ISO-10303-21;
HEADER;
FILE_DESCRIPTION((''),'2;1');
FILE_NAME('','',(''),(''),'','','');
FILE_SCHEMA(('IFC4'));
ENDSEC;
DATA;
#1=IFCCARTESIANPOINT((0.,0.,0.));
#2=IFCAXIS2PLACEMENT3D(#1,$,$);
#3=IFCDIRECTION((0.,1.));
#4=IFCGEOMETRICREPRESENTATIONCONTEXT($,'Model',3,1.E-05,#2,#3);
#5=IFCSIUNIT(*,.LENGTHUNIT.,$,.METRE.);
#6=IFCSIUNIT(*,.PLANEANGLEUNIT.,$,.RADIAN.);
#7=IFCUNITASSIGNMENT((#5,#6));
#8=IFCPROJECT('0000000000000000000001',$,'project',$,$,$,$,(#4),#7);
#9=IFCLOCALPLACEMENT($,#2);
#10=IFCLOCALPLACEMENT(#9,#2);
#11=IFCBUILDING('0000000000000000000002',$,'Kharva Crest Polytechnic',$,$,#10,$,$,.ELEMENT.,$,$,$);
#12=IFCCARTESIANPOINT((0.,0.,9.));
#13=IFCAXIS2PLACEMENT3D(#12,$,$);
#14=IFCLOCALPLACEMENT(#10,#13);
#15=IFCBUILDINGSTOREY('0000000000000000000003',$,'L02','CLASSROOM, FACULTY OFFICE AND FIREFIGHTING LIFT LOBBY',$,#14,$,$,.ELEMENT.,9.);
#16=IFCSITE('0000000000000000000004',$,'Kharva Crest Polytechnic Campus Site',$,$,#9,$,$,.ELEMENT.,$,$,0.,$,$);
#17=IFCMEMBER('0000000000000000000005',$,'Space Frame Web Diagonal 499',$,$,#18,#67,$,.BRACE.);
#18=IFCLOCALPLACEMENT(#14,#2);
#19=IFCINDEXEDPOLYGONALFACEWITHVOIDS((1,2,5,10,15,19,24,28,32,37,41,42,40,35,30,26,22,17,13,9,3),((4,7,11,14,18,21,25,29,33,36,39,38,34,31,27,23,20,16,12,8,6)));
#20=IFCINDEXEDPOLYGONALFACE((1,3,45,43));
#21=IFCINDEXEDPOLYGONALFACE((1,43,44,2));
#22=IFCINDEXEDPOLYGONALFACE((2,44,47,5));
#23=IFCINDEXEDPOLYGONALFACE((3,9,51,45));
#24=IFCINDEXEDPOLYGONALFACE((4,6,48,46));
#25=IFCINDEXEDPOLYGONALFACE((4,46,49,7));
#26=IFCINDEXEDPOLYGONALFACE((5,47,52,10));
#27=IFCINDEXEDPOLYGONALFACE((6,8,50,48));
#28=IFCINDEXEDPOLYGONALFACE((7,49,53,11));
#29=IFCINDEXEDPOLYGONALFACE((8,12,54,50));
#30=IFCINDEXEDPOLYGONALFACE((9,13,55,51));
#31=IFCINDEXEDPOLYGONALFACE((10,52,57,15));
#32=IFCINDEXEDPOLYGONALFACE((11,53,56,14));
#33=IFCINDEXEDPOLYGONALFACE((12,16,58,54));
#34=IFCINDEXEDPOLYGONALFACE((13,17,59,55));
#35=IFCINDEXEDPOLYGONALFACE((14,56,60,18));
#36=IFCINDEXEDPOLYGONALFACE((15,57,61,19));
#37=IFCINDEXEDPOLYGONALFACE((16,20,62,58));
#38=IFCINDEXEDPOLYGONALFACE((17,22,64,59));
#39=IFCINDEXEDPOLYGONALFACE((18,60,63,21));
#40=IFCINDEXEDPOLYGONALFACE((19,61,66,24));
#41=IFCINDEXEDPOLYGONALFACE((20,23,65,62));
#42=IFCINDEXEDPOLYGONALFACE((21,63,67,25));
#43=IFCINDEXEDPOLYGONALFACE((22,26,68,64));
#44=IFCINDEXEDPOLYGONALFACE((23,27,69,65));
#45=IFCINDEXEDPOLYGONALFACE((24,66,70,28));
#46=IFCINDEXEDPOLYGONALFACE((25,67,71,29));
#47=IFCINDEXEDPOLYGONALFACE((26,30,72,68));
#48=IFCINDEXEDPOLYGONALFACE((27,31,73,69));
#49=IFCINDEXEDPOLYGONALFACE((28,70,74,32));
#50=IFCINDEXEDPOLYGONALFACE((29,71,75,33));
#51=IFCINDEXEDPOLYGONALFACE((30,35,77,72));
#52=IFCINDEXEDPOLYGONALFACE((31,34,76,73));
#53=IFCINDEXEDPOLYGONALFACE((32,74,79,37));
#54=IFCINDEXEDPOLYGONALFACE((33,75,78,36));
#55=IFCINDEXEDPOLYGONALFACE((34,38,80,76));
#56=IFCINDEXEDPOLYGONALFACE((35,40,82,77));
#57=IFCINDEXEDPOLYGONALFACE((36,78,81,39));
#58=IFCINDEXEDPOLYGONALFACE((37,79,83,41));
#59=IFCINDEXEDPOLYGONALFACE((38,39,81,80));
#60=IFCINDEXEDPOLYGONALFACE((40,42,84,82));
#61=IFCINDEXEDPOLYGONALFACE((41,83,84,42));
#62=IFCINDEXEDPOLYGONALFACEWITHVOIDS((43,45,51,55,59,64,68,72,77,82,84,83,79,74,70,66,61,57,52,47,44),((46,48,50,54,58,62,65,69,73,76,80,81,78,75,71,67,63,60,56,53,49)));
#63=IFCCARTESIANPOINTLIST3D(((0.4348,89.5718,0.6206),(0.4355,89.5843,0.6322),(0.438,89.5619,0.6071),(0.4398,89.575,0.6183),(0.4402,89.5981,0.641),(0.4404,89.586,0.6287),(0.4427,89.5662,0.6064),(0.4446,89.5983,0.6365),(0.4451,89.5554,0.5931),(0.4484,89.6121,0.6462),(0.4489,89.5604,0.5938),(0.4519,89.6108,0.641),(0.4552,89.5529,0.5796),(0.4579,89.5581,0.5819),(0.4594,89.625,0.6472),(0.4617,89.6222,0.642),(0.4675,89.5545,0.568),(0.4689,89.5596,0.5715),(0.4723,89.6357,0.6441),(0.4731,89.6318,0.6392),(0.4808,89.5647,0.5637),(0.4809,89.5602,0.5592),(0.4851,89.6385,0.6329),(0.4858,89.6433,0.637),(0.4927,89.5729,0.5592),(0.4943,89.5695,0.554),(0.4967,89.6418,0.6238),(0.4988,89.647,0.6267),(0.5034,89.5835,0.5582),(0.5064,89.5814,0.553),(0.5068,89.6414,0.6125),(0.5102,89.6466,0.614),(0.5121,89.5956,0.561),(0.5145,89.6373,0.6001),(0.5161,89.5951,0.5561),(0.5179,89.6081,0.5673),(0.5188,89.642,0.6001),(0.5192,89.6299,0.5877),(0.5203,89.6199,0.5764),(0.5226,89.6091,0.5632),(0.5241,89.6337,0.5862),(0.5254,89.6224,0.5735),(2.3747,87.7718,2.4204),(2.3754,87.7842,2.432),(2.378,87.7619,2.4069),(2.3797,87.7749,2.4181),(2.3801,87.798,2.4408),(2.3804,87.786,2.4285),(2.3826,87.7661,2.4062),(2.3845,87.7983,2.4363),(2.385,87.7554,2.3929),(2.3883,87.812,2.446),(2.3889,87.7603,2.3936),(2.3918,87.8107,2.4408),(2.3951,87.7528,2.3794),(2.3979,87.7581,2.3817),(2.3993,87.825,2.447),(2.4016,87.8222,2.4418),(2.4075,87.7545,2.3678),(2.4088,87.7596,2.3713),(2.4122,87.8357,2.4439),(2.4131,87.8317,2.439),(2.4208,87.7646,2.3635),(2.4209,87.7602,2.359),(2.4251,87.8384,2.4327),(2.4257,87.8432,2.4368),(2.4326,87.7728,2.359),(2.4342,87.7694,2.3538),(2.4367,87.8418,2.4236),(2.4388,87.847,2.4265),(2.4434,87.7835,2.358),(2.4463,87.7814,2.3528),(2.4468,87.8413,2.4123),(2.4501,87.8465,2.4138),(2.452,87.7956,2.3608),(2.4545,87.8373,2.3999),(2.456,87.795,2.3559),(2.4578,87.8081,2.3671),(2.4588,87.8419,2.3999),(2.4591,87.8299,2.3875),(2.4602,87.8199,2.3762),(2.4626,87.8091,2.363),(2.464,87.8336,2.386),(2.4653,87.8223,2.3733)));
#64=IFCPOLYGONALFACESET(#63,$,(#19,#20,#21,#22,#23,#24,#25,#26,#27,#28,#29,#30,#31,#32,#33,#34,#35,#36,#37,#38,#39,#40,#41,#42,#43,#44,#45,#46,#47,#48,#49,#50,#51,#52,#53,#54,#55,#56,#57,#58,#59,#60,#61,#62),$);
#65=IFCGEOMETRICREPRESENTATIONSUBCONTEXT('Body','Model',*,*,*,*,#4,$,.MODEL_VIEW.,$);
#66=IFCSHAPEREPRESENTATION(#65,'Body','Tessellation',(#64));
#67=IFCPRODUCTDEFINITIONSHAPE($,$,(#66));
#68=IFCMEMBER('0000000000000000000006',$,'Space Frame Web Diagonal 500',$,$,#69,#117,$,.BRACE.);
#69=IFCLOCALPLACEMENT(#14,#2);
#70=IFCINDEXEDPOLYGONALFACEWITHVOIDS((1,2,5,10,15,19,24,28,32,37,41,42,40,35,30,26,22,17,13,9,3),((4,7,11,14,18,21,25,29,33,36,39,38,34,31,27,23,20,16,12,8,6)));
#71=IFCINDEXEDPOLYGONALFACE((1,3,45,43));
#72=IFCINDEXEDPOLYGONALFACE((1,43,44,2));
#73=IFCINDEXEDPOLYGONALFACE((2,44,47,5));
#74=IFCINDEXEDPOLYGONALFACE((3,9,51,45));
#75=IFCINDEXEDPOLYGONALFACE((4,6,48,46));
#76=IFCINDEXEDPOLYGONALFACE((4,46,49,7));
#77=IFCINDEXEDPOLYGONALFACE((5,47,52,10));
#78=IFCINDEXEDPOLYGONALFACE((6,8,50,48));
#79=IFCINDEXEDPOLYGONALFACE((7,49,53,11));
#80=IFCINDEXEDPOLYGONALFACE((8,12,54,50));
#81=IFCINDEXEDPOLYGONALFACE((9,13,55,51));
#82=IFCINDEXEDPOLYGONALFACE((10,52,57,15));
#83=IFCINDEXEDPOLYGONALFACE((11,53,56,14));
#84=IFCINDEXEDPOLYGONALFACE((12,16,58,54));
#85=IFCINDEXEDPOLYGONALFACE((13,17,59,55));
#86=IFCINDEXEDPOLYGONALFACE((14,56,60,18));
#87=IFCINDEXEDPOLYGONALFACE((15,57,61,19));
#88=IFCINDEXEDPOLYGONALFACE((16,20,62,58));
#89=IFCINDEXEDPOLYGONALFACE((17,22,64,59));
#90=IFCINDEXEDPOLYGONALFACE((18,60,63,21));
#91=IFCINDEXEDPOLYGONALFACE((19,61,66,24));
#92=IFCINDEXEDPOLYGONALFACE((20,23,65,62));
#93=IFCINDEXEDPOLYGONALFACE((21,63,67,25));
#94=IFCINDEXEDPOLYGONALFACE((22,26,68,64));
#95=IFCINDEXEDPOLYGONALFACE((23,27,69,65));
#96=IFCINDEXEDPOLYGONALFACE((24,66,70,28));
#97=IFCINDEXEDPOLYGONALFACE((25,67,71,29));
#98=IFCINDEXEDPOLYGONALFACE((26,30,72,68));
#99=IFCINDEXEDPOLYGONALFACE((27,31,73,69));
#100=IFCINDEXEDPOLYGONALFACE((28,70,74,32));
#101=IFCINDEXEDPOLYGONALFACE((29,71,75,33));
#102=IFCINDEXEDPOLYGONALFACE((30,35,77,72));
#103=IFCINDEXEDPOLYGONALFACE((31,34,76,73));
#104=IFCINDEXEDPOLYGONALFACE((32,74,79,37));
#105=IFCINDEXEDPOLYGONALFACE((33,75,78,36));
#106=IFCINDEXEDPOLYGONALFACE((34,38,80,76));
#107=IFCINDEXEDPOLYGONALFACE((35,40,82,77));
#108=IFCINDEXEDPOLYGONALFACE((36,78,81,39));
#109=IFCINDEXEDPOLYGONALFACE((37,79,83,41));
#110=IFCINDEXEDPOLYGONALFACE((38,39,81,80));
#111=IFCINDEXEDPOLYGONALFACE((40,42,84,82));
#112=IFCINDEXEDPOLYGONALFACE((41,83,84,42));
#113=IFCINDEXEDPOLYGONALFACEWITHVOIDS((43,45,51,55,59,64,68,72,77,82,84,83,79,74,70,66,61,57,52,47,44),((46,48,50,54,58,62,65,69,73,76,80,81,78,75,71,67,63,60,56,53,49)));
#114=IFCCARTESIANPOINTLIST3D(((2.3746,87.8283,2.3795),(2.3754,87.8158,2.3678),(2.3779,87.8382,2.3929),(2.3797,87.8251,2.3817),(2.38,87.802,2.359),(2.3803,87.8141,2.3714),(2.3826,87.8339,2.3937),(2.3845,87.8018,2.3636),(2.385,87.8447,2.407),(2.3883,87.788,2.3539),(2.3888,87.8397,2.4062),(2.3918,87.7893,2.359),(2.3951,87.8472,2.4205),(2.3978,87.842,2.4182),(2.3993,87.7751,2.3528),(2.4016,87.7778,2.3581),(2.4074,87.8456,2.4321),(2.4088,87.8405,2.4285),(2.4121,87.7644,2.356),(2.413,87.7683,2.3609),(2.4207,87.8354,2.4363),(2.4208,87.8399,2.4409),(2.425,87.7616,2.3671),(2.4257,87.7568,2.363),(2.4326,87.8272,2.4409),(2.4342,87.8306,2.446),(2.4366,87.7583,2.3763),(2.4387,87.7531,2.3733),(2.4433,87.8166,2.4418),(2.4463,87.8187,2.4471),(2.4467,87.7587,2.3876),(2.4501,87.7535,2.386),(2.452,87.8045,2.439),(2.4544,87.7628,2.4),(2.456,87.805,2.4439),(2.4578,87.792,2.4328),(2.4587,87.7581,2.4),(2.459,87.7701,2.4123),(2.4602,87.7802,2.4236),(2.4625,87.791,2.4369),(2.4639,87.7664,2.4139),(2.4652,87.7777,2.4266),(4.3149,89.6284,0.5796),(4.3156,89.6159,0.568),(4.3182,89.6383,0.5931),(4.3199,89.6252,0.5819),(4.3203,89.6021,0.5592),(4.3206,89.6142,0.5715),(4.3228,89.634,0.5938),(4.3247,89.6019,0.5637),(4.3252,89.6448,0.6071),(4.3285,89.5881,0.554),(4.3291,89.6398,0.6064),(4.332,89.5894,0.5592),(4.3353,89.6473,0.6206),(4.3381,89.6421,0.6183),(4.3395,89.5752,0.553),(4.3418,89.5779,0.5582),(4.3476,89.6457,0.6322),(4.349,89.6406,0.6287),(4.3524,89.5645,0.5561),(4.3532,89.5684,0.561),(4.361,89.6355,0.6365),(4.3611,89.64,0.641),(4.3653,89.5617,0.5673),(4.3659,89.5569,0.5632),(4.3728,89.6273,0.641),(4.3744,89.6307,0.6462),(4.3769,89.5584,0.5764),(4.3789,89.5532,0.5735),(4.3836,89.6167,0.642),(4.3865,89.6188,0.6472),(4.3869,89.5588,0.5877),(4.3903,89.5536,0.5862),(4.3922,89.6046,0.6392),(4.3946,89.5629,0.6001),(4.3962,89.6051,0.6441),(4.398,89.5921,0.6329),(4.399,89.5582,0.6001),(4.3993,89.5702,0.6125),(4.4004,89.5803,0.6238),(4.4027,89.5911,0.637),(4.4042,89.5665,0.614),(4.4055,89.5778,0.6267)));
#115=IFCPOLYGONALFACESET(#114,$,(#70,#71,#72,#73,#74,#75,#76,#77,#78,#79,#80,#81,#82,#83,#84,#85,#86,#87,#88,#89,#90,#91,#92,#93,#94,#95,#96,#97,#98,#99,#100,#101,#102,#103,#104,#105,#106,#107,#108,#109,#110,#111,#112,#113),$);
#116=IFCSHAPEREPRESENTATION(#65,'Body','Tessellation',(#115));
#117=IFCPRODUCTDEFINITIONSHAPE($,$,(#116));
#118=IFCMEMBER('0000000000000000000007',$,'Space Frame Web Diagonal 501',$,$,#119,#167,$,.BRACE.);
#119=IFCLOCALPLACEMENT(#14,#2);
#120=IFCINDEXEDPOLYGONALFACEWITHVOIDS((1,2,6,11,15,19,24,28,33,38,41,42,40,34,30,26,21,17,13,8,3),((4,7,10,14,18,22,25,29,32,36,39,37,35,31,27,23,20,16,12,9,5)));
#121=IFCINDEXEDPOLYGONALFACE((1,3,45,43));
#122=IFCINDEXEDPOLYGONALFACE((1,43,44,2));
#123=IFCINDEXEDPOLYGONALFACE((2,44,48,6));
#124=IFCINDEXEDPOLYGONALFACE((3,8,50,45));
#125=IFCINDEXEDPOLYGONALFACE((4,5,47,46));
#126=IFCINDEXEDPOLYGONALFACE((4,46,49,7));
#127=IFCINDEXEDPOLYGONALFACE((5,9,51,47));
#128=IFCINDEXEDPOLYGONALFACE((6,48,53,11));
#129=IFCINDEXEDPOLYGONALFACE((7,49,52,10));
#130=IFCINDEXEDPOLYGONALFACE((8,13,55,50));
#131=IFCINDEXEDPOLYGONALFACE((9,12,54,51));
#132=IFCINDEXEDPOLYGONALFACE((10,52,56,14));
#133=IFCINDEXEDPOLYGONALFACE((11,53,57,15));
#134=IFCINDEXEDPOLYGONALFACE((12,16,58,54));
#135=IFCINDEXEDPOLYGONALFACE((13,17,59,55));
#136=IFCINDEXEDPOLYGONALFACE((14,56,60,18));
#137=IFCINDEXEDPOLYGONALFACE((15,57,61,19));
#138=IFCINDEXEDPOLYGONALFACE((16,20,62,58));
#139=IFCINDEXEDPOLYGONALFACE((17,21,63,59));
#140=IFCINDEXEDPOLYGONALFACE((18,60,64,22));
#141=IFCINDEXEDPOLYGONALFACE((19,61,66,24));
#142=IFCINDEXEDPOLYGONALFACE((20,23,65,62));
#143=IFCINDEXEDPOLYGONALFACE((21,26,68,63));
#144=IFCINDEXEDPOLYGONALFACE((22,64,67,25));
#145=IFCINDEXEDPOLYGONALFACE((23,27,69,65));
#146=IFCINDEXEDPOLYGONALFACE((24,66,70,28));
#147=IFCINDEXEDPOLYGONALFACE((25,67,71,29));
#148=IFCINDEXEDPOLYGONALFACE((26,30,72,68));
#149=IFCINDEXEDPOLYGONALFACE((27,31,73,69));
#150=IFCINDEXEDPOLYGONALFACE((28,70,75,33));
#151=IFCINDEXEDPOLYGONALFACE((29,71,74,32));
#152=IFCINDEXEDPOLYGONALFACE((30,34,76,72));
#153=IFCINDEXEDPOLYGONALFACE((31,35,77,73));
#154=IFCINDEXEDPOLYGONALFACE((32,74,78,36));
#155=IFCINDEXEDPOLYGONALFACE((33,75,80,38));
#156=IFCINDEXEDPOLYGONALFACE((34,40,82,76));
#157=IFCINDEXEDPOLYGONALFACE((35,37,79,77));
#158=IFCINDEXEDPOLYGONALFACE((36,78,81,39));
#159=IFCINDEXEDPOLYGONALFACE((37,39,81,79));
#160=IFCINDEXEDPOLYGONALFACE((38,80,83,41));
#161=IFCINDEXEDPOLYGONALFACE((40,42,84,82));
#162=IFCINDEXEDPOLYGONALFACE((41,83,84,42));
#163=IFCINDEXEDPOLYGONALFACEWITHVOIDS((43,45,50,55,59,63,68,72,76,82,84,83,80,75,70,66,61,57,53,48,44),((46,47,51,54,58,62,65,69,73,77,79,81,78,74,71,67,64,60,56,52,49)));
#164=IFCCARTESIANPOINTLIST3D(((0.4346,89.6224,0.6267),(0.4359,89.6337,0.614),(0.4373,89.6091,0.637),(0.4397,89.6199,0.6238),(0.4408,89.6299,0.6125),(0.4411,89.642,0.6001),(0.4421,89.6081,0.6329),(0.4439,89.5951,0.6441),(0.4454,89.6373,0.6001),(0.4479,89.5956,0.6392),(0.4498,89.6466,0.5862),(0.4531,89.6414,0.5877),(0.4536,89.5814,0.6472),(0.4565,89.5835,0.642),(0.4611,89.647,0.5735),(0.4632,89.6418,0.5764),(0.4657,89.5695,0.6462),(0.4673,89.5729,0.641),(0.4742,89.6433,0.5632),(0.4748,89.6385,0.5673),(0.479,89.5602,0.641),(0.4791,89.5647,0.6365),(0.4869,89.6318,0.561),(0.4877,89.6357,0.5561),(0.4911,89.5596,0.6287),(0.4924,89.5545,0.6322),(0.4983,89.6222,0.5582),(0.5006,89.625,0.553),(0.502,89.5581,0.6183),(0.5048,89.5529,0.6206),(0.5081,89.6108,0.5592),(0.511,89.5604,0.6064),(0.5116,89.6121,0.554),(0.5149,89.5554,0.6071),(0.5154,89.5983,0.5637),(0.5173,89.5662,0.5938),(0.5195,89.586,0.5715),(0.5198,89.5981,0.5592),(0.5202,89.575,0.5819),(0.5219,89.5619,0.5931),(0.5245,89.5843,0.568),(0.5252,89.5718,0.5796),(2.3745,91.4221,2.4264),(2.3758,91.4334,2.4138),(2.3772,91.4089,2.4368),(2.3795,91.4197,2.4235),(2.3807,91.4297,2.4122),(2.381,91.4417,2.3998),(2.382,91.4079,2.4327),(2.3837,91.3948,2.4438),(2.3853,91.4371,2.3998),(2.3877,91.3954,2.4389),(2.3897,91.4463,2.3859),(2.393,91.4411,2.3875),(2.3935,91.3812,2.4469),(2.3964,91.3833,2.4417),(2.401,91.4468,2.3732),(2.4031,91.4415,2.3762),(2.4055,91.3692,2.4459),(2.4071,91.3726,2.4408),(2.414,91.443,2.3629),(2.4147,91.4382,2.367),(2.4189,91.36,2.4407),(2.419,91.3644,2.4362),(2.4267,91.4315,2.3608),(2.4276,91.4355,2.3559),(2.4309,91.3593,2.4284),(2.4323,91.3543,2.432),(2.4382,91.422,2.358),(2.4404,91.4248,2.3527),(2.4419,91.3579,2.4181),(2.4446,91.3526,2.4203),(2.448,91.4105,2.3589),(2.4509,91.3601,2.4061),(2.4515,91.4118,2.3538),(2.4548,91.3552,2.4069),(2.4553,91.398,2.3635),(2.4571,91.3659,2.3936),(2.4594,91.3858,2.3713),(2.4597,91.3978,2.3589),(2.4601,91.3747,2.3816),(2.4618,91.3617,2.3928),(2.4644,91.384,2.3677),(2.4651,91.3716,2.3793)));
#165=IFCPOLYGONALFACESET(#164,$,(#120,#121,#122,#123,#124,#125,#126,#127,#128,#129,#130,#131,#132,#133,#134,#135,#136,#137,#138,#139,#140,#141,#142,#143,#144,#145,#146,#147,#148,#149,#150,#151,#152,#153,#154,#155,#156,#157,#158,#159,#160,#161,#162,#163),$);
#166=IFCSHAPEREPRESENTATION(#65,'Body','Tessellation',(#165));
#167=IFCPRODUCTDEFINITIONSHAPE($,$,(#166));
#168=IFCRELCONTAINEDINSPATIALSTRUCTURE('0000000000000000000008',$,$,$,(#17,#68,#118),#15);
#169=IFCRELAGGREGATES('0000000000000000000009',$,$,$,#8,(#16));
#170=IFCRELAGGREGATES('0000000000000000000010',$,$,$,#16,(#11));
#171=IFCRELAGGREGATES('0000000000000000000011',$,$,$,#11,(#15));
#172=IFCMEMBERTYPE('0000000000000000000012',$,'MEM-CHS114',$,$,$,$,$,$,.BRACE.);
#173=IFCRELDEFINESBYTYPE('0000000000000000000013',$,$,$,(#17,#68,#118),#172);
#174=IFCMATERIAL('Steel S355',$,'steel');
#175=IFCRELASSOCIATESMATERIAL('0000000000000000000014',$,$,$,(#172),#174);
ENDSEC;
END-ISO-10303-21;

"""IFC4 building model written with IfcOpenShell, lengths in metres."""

from ifc_helpers import new_model, si_unit, direction, frame, origin, origin_2d, place, context, subcontext, project, spatial, hollow_circle, extrude, material, material_profile, profile_set, type_object, element, save


model = new_model("IFC4")

# Units and contexts
model_context = context("Model", 3, precision=1e-05, world=origin(), true_north=direction((0.0, 1.0)))
body_context = subcontext(model_context, "Body", "Model", "MODEL_VIEW")
ifc_project = project(units=[si_unit("LENGTHUNIT", "METRE"), si_unit("PLANEANGLEUNIT", "RADIAN")], contexts=[model_context])

# Site, building, storey
site_placement = place(None, origin())
site = spatial("IfcSite", under=ifc_project, at=site_placement, Name="Kharva Crest Polytechnic Campus Site", CompositionType="ELEMENT", RefElevation=0.0)
building_placement = place(site_placement, origin())
building = spatial("IfcBuilding", under=site, at=building_placement, Name="Kharva Crest Polytechnic", CompositionType="ELEMENT")
storey_placement = place(building_placement, frame((0.0, 0.0, 9.0)))
storey = spatial("IfcBuildingStorey", under=building, at=storey_placement, Name="L02", Description="CLASSROOM, FACULTY OFFICE AND FIREFIGHTING LIFT LOBBY", CompositionType="ELEMENT", Elevation=9.0)

# Members
ifc_material = material(Name="Steel S355", Category="steel")
ifc_material_profile_1 = material_profile(ifc_material, hollow_circle(Radius=0.0571, WallThickness=0.0063, at=origin_2d()), Name="CHS 114.3X6.3")
ifc_profile_set_1 = profile_set([ifc_material_profile_1], Name="Steel S355")
member_type_1 = type_object("IfcMemberType", Name="MEM-CHS114", PredefinedType="BRACE", material=ifc_profile_set_1)
member_1_placement = place(storey_placement, frame((0.48, 89.6001, 0.6001), z_axis=(0.606147, -0.562437, 0.562361), x_axis=(0.680182, 0.733043, 0.0)))
element("IfcMember", 1, at=member_1_placement, inside=storey, type_object=member_type_1, Name="Space Frame Web Diagonal 499", PredefinedType="BRACE", context=body_context, shape_type="SweptSolid", body=[
    extrude(hollow_circle(Radius=0.0571, WallThickness=0.0063, at=origin_2d()), origin(), (0.0, 0.0, 1.0), 3.2004),
])
member_2_placement = place(storey_placement, frame((4.3601, 89.6001, 0.6001), z_axis=(-0.606196, -0.562411, 0.562335), x_axis=(0.680136, -0.733086, 0.0)))
element("IfcMember", 2, at=member_2_placement, inside=storey, type_object=member_type_1, Name="Space Frame Web Diagonal 500", PredefinedType="BRACE", context=body_context, shape_type="SweptSolid", body=[
    extrude(hollow_circle(Radius=0.0571, WallThickness=0.0063, at=origin_2d()), origin(), (0.0, 0.0, 1.0), 3.2007),
])
member_3_placement = place(storey_placement, frame((0.48, 89.6001, 0.6001), z_axis=(0.606173, 0.562385, 0.562385), x_axis=(-0.680133, 0.733089, 0.0)))
element("IfcMember", 3, at=member_3_placement, inside=storey, type_object=member_type_1, Name="Space Frame Web Diagonal 501", PredefinedType="BRACE", context=body_context, shape_type="SweptSolid", body=[
    extrude(hollow_circle(Radius=0.0571, WallThickness=0.0063, at=origin_2d()), origin(), (0.0, 0.0, 1.0), 3.2002),
])

save(model, "model.ifc")
